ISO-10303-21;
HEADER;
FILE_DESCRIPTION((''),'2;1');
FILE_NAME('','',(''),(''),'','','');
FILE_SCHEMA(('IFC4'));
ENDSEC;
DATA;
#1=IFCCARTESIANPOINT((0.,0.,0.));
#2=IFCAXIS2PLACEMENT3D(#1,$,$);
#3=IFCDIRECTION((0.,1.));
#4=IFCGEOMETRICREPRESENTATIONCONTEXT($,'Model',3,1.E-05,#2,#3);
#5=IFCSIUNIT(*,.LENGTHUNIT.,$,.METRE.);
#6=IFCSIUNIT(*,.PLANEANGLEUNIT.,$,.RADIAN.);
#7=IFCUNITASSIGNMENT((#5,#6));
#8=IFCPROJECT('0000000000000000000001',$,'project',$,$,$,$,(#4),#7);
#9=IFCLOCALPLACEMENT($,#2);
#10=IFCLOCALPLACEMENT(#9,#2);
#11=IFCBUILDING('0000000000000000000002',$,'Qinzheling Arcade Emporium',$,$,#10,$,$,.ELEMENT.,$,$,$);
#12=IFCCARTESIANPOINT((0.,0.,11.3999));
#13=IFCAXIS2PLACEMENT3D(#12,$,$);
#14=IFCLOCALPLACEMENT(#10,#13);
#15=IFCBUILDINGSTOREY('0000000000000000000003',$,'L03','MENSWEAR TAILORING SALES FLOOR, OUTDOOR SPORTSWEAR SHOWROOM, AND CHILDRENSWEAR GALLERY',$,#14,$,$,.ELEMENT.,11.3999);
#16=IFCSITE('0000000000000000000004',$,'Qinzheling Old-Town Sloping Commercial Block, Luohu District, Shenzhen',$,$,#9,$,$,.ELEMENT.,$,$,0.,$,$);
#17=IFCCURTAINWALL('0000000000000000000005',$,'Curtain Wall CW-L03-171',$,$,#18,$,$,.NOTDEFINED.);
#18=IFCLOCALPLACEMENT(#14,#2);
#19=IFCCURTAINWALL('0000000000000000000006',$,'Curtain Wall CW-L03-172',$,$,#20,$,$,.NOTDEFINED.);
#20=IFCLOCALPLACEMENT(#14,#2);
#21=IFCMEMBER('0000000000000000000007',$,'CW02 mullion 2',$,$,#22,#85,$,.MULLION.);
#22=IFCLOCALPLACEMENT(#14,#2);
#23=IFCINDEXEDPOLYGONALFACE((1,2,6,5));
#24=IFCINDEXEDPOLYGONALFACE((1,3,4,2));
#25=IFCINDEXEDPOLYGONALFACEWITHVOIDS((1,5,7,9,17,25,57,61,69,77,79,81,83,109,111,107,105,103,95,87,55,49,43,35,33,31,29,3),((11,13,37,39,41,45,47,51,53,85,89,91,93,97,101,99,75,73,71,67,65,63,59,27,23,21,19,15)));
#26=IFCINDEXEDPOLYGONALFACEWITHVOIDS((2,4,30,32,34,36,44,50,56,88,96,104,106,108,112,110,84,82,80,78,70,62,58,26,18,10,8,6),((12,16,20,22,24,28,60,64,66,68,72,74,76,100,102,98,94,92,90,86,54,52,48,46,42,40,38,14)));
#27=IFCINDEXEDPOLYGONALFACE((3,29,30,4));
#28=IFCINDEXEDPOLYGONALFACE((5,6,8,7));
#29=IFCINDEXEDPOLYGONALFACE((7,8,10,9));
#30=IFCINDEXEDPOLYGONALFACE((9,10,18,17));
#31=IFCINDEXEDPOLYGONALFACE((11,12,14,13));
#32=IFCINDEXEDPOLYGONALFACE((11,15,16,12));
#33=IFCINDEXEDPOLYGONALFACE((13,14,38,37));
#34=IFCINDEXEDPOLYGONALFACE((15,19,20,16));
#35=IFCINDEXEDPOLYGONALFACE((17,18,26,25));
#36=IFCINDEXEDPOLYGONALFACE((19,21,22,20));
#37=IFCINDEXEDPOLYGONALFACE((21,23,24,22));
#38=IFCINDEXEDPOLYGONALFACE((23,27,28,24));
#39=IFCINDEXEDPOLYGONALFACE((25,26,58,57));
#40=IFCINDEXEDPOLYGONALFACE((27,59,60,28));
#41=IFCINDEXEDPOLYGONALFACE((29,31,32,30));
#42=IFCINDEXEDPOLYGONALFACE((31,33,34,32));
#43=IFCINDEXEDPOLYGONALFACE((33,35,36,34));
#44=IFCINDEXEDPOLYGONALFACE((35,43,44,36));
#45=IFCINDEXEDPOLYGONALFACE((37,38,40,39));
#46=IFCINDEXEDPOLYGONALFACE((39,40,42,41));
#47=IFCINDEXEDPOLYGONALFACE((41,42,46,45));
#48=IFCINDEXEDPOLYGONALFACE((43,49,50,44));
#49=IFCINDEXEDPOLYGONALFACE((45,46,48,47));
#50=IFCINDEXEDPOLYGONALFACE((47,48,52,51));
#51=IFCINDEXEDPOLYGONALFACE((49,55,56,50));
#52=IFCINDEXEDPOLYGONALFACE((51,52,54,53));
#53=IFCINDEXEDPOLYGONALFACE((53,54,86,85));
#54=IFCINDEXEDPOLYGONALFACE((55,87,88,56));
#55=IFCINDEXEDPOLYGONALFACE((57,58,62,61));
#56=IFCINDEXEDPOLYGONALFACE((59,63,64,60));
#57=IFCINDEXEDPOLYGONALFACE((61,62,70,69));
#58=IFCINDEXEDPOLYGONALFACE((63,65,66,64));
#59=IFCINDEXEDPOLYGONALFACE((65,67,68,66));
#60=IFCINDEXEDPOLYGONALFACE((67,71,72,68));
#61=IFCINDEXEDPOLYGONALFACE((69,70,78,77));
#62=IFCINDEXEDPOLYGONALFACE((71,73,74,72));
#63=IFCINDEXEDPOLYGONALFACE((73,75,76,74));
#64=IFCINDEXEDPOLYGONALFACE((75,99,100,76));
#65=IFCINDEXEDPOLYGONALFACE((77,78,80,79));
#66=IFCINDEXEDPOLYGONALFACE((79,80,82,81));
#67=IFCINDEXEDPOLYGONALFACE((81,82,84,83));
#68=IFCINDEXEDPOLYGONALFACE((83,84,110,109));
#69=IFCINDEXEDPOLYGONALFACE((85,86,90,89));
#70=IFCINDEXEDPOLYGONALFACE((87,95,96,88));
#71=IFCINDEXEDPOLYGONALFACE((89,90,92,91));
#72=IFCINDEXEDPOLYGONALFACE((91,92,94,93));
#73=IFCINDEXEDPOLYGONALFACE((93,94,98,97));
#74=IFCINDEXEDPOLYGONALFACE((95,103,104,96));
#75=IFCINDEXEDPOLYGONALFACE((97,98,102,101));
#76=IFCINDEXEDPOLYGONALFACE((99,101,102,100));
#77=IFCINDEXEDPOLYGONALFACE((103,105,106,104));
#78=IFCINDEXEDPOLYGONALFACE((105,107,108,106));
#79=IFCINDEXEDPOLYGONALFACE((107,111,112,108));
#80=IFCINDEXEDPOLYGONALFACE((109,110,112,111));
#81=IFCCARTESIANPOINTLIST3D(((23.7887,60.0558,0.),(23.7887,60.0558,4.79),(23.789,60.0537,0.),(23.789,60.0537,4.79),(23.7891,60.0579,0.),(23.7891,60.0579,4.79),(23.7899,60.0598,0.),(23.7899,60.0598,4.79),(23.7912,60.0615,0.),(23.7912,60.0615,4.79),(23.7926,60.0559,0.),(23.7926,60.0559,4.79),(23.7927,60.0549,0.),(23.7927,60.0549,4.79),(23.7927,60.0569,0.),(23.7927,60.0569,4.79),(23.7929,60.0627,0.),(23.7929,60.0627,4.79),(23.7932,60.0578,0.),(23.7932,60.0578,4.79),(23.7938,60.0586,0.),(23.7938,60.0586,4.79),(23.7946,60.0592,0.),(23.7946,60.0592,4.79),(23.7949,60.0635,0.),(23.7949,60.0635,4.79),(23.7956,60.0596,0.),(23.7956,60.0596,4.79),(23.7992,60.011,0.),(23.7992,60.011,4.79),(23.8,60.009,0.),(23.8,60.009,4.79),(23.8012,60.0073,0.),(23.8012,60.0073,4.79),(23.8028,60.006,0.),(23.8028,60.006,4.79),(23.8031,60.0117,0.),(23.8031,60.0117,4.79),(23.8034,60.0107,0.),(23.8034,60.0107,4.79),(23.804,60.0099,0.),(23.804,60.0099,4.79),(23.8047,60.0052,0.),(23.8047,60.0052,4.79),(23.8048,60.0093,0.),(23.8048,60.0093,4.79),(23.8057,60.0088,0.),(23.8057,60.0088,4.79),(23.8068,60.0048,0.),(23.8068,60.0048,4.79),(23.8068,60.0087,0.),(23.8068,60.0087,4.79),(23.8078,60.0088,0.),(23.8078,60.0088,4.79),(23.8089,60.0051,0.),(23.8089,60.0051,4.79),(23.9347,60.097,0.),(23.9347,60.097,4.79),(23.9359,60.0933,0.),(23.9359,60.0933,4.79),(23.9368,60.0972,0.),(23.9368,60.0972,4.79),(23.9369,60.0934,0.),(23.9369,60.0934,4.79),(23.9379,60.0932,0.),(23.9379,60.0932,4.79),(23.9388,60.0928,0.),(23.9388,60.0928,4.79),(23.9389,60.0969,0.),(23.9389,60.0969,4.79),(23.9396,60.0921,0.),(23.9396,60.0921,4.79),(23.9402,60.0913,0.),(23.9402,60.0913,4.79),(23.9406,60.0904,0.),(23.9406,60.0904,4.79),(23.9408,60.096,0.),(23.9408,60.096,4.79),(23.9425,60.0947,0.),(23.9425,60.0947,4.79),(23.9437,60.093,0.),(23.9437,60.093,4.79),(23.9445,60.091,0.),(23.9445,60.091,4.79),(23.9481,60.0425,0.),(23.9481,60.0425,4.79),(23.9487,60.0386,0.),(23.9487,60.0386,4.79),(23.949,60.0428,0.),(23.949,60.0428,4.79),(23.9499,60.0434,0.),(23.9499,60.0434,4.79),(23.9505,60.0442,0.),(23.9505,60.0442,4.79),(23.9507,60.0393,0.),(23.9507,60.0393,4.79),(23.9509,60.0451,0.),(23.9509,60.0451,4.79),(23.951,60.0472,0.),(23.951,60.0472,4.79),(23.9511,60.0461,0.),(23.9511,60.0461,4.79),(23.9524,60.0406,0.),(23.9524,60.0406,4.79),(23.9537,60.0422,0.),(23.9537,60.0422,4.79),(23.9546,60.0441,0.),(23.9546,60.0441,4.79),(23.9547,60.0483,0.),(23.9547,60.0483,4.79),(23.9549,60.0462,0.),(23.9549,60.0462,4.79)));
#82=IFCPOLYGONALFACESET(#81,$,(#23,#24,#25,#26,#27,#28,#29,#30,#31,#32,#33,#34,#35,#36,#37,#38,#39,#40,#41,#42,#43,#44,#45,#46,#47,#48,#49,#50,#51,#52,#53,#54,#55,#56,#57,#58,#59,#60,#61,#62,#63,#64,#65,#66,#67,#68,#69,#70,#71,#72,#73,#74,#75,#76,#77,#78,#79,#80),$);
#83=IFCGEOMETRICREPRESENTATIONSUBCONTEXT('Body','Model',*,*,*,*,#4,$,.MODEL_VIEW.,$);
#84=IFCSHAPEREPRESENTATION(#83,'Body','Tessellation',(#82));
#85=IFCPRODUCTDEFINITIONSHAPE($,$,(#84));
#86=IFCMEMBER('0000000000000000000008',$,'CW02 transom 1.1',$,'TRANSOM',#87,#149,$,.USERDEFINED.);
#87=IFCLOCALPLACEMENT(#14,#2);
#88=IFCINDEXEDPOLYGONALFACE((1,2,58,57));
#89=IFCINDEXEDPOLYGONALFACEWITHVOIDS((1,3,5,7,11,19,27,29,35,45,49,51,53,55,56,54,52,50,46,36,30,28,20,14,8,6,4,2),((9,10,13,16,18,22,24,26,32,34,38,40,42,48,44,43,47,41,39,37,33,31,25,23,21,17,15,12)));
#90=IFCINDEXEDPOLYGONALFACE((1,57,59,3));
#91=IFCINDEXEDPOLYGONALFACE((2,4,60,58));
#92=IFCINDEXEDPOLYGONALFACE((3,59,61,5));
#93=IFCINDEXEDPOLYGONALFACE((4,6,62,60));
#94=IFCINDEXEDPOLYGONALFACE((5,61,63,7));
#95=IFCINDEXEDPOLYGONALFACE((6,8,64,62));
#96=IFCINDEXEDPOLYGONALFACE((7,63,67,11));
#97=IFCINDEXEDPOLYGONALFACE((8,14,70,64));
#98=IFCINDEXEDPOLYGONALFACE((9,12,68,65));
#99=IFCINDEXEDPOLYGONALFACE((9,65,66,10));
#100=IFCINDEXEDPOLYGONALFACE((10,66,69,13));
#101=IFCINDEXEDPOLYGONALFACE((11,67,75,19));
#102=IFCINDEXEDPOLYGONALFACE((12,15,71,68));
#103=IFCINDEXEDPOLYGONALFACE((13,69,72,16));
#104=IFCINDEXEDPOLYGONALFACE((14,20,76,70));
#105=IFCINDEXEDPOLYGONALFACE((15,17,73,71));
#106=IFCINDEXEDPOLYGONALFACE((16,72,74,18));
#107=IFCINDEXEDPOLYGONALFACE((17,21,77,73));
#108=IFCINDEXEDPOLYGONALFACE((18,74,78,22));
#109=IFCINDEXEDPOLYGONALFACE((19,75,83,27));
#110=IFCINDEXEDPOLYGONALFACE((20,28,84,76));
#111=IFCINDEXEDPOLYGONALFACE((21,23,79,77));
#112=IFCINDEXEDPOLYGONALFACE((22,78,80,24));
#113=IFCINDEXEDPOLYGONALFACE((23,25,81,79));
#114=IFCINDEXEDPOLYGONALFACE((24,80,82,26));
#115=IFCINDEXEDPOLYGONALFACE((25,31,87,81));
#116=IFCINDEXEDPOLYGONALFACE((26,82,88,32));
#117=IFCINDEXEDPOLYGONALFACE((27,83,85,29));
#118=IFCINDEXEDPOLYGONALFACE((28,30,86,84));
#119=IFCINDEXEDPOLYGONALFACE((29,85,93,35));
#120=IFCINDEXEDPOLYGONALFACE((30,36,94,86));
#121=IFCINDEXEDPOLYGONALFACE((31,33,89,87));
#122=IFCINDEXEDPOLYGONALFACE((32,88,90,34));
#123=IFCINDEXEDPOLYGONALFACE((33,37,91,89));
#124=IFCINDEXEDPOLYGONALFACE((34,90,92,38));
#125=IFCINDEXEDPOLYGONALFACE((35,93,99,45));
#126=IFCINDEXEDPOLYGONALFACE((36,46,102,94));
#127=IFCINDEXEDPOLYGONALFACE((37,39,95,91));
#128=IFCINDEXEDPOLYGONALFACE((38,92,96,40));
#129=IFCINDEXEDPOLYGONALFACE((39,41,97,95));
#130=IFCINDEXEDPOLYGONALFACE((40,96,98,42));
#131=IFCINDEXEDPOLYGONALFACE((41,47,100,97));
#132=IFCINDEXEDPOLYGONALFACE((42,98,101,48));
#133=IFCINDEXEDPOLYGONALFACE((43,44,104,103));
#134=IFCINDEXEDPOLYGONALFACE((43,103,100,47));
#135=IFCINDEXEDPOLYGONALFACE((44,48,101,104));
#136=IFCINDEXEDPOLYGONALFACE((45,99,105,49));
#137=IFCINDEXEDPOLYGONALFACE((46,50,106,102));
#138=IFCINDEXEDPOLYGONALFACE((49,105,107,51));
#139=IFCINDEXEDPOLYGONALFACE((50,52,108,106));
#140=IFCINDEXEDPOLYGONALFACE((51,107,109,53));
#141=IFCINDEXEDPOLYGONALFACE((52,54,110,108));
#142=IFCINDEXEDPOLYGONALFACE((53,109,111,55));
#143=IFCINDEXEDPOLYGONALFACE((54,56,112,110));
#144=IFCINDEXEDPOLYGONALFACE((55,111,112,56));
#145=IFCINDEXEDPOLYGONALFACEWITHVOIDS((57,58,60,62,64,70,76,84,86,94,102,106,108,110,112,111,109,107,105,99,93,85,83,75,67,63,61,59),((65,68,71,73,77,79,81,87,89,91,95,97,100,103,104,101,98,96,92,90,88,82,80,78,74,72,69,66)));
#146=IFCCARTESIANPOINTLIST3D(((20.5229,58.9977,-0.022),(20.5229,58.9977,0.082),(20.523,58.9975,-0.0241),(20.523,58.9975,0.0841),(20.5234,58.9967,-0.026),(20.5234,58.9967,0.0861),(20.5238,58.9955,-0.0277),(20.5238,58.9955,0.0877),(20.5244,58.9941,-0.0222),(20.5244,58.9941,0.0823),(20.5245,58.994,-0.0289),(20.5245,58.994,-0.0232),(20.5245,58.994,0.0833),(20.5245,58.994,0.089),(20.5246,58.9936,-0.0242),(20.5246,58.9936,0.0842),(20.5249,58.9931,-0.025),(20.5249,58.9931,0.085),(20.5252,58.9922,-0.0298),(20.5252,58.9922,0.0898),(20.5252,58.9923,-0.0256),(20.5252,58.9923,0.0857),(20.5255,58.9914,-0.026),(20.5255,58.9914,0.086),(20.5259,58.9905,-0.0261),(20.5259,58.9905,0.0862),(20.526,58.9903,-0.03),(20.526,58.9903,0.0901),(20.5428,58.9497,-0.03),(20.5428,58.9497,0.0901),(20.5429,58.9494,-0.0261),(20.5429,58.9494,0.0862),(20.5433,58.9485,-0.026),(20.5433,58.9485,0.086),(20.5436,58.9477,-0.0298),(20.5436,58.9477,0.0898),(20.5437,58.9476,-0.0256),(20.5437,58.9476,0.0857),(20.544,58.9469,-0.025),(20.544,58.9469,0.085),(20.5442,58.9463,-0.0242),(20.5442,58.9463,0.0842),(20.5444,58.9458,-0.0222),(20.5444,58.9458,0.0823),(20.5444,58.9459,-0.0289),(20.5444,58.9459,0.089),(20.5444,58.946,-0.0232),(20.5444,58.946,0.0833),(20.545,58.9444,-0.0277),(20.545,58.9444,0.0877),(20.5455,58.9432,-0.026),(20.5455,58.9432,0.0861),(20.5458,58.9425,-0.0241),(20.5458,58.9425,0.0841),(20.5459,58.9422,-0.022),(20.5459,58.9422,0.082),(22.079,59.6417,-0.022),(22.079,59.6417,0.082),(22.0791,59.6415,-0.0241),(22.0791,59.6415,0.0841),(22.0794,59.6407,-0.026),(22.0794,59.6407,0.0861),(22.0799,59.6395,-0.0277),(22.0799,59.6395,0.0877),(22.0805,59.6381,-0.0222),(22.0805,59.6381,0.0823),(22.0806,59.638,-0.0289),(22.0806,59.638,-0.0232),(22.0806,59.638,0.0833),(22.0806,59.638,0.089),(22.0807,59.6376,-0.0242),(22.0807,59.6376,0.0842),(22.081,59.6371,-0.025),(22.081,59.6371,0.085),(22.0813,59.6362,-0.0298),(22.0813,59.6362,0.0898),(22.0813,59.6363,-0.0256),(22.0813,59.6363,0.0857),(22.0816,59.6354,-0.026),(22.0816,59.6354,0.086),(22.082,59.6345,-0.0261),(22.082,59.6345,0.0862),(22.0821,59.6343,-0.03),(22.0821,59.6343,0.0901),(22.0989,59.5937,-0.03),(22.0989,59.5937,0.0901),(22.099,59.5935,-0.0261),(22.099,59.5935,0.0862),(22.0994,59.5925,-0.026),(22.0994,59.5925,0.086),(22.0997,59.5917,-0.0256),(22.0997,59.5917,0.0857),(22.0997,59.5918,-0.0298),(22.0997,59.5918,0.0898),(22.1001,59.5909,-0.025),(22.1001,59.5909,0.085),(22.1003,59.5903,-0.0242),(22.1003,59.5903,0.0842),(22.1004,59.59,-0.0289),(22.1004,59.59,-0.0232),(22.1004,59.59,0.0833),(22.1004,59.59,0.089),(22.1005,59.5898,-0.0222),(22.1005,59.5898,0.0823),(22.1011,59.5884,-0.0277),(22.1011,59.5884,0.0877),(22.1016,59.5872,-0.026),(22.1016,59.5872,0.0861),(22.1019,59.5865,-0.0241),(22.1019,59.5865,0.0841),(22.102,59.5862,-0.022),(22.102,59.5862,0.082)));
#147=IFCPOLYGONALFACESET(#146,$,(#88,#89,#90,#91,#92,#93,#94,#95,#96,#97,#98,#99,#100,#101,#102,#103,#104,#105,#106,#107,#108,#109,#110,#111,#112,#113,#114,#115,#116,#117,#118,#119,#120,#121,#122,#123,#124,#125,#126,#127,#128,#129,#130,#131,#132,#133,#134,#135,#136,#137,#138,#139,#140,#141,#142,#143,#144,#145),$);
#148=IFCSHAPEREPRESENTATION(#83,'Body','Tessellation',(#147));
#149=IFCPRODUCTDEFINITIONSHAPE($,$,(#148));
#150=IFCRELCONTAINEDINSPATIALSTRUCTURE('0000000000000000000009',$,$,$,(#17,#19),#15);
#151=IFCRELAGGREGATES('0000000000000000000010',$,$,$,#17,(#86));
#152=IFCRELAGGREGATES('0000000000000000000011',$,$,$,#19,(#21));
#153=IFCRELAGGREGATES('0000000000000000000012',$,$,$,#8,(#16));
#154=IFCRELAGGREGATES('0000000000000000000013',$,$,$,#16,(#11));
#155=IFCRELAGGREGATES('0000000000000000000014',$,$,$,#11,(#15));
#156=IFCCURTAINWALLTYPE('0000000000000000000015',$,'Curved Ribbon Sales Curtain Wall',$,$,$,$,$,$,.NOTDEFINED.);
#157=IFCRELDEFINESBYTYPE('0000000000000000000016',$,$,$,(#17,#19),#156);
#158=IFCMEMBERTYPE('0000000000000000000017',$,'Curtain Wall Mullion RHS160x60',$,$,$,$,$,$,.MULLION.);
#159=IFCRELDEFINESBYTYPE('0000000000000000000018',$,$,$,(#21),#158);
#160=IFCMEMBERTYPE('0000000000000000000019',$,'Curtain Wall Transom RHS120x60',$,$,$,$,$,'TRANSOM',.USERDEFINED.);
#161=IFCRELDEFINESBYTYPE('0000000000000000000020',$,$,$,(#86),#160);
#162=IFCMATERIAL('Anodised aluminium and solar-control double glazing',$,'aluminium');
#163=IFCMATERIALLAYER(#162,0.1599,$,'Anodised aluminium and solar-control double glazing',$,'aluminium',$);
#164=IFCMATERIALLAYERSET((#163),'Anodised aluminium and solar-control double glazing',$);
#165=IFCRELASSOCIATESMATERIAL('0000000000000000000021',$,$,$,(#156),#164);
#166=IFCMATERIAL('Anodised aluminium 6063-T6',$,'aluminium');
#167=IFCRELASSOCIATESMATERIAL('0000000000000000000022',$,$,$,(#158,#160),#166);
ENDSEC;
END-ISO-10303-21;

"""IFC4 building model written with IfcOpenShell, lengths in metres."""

from ifc_helpers import new_model, si_unit, direction, frame, origin, origin_2d, place, context, subcontext, project, spatial, hollow_rectangle, extrude, material, layer, layer_set, material_profile, profile_set, type_object, element, aggregate, save


model = new_model("IFC4")

# Units and contexts
model_context = context("Model", 3, precision=1e-05, world=origin(), true_north=direction((0.0, 1.0)))
body_context = subcontext(model_context, "Body", "Model", "MODEL_VIEW")
ifc_project = project(units=[si_unit("LENGTHUNIT", "METRE"), si_unit("PLANEANGLEUNIT", "RADIAN")], contexts=[model_context])

# Site, building, storey
site_placement = place(None, origin())
site = spatial("IfcSite", under=ifc_project, at=site_placement, Name="Qinzheling Old-Town Sloping Commercial Block, Luohu District, Shenzhen", CompositionType="ELEMENT", RefElevation=0.0)
building_placement = place(site_placement, origin())
building = spatial("IfcBuilding", under=site, at=building_placement, Name="Qinzheling Arcade Emporium", CompositionType="ELEMENT")
storey_placement = place(building_placement, frame((0.0, 0.0, 11.3999)))
storey = spatial("IfcBuildingStorey", under=building, at=storey_placement, Name="L03", Description="MENSWEAR TAILORING SALES FLOOR, OUTDOOR SPORTSWEAR SHOWROOM, AND CHILDRENSWEAR GALLERY", CompositionType="ELEMENT", Elevation=11.3999)

# Shared definitions
ifc_material_1 = material(Name="Anodised aluminium and solar-control double glazing", Category="aluminium")
ifc_layer_1 = layer(ifc_material_1, 0.1599, Name="Anodised aluminium and solar-control double glazing", Category="aluminium")
ifc_layer_set_1 = layer_set([ifc_layer_1], Name="Anodised aluminium and solar-control double glazing")
curtain_wall_type = type_object("IfcCurtainWallType", Name="Curved Ribbon Sales Curtain Wall", PredefinedType="NOTDEFINED", material=ifc_layer_set_1)
ifc_material_2 = material(Name="Anodised aluminium 6063-T6", Category="aluminium")
ifc_material_profile_1 = material_profile(ifc_material_2, hollow_rectangle(XDim=0.0601, YDim=0.1599, WallThickness=0.0039, InnerFilletRadius=0.0039, OuterFilletRadius=0.0081, at=origin_2d()), Name="RHS 160x60x4", Category="aluminium")
ifc_profile_set_1 = profile_set([ifc_material_profile_1], Name="Anodised aluminium 6063-T6")
member_type_1 = type_object("IfcMemberType", Name="Curtain Wall Mullion RHS160x60", PredefinedType="MULLION", material=ifc_profile_set_1)

# Curtain walls, member
curtain_wall_1_placement = place(storey_placement, origin())
curtain_wall_1 = element("IfcCurtainWall", 1, at=curtain_wall_1_placement, inside=storey, type_object=curtain_wall_type, Name="Curtain Wall CW-L03-171", PredefinedType="NOTDEFINED")
curtain_wall_2_placement = place(storey_placement, origin())
curtain_wall_2 = element("IfcCurtainWall", 2, at=curtain_wall_2_placement, inside=storey, type_object=curtain_wall_type, Name="Curtain Wall CW-L03-172", PredefinedType="NOTDEFINED")
member_1_placement = place(storey_placement, frame((23.8718, 60.051, 0.0), z_axis=(0.0, 0.0, 1.0), x_axis=(-0.233268, 0.972412, 0.0)))
member_1 = element("IfcMember", 3, at=member_1_placement, type_object=member_type_1, Name="CW02 mullion 2", PredefinedType="MULLION", context=body_context, shape_type="SweptSolid", body=[
    extrude(hollow_rectangle(XDim=0.0601, YDim=0.1599, WallThickness=0.0039, InnerFilletRadius=0.0039, OuterFilletRadius=0.0081, at=origin_2d()), origin(), (0.0, 0.0, 1.0), 4.79),
])

# Member
ifc_material_profile_2 = material_profile(ifc_material_2, hollow_rectangle(XDim=0.0601, YDim=0.1201, WallThickness=0.0039, InnerFilletRadius=0.0039, OuterFilletRadius=0.0081, at=origin_2d()), Name="RHS 120x60x4", Category="aluminium")
ifc_profile_set_2 = profile_set([ifc_material_profile_2], Name="Anodised aluminium 6063-T6")
member_type_2 = type_object("IfcMemberType", Name="Curtain Wall Transom RHS120x60", ElementType="TRANSOM", PredefinedType="USERDEFINED", material=ifc_profile_set_2)
member_2_placement = place(storey_placement, frame((20.5344, 58.97, 0.03), z_axis=(0.923992, 0.382412, 0.0), x_axis=(-0.382412, 0.923992, 0.0)))
member_2 = element("IfcMember", 4, at=member_2_placement, type_object=member_type_2, Name="CW02 transom 1.1", ObjectType="TRANSOM", PredefinedType="USERDEFINED", context=body_context, shape_type="SweptSolid", body=[
    extrude(hollow_rectangle(XDim=0.0601, YDim=0.1201, WallThickness=0.0039, InnerFilletRadius=0.0039, OuterFilletRadius=0.0081, at=origin_2d()), origin(), (0.0, 0.0, 1.0), 1.6841),
])

aggregate(curtain_wall_1, [member_2])
aggregate(curtain_wall_2, [member_1])

save(model, "model.ifc")
